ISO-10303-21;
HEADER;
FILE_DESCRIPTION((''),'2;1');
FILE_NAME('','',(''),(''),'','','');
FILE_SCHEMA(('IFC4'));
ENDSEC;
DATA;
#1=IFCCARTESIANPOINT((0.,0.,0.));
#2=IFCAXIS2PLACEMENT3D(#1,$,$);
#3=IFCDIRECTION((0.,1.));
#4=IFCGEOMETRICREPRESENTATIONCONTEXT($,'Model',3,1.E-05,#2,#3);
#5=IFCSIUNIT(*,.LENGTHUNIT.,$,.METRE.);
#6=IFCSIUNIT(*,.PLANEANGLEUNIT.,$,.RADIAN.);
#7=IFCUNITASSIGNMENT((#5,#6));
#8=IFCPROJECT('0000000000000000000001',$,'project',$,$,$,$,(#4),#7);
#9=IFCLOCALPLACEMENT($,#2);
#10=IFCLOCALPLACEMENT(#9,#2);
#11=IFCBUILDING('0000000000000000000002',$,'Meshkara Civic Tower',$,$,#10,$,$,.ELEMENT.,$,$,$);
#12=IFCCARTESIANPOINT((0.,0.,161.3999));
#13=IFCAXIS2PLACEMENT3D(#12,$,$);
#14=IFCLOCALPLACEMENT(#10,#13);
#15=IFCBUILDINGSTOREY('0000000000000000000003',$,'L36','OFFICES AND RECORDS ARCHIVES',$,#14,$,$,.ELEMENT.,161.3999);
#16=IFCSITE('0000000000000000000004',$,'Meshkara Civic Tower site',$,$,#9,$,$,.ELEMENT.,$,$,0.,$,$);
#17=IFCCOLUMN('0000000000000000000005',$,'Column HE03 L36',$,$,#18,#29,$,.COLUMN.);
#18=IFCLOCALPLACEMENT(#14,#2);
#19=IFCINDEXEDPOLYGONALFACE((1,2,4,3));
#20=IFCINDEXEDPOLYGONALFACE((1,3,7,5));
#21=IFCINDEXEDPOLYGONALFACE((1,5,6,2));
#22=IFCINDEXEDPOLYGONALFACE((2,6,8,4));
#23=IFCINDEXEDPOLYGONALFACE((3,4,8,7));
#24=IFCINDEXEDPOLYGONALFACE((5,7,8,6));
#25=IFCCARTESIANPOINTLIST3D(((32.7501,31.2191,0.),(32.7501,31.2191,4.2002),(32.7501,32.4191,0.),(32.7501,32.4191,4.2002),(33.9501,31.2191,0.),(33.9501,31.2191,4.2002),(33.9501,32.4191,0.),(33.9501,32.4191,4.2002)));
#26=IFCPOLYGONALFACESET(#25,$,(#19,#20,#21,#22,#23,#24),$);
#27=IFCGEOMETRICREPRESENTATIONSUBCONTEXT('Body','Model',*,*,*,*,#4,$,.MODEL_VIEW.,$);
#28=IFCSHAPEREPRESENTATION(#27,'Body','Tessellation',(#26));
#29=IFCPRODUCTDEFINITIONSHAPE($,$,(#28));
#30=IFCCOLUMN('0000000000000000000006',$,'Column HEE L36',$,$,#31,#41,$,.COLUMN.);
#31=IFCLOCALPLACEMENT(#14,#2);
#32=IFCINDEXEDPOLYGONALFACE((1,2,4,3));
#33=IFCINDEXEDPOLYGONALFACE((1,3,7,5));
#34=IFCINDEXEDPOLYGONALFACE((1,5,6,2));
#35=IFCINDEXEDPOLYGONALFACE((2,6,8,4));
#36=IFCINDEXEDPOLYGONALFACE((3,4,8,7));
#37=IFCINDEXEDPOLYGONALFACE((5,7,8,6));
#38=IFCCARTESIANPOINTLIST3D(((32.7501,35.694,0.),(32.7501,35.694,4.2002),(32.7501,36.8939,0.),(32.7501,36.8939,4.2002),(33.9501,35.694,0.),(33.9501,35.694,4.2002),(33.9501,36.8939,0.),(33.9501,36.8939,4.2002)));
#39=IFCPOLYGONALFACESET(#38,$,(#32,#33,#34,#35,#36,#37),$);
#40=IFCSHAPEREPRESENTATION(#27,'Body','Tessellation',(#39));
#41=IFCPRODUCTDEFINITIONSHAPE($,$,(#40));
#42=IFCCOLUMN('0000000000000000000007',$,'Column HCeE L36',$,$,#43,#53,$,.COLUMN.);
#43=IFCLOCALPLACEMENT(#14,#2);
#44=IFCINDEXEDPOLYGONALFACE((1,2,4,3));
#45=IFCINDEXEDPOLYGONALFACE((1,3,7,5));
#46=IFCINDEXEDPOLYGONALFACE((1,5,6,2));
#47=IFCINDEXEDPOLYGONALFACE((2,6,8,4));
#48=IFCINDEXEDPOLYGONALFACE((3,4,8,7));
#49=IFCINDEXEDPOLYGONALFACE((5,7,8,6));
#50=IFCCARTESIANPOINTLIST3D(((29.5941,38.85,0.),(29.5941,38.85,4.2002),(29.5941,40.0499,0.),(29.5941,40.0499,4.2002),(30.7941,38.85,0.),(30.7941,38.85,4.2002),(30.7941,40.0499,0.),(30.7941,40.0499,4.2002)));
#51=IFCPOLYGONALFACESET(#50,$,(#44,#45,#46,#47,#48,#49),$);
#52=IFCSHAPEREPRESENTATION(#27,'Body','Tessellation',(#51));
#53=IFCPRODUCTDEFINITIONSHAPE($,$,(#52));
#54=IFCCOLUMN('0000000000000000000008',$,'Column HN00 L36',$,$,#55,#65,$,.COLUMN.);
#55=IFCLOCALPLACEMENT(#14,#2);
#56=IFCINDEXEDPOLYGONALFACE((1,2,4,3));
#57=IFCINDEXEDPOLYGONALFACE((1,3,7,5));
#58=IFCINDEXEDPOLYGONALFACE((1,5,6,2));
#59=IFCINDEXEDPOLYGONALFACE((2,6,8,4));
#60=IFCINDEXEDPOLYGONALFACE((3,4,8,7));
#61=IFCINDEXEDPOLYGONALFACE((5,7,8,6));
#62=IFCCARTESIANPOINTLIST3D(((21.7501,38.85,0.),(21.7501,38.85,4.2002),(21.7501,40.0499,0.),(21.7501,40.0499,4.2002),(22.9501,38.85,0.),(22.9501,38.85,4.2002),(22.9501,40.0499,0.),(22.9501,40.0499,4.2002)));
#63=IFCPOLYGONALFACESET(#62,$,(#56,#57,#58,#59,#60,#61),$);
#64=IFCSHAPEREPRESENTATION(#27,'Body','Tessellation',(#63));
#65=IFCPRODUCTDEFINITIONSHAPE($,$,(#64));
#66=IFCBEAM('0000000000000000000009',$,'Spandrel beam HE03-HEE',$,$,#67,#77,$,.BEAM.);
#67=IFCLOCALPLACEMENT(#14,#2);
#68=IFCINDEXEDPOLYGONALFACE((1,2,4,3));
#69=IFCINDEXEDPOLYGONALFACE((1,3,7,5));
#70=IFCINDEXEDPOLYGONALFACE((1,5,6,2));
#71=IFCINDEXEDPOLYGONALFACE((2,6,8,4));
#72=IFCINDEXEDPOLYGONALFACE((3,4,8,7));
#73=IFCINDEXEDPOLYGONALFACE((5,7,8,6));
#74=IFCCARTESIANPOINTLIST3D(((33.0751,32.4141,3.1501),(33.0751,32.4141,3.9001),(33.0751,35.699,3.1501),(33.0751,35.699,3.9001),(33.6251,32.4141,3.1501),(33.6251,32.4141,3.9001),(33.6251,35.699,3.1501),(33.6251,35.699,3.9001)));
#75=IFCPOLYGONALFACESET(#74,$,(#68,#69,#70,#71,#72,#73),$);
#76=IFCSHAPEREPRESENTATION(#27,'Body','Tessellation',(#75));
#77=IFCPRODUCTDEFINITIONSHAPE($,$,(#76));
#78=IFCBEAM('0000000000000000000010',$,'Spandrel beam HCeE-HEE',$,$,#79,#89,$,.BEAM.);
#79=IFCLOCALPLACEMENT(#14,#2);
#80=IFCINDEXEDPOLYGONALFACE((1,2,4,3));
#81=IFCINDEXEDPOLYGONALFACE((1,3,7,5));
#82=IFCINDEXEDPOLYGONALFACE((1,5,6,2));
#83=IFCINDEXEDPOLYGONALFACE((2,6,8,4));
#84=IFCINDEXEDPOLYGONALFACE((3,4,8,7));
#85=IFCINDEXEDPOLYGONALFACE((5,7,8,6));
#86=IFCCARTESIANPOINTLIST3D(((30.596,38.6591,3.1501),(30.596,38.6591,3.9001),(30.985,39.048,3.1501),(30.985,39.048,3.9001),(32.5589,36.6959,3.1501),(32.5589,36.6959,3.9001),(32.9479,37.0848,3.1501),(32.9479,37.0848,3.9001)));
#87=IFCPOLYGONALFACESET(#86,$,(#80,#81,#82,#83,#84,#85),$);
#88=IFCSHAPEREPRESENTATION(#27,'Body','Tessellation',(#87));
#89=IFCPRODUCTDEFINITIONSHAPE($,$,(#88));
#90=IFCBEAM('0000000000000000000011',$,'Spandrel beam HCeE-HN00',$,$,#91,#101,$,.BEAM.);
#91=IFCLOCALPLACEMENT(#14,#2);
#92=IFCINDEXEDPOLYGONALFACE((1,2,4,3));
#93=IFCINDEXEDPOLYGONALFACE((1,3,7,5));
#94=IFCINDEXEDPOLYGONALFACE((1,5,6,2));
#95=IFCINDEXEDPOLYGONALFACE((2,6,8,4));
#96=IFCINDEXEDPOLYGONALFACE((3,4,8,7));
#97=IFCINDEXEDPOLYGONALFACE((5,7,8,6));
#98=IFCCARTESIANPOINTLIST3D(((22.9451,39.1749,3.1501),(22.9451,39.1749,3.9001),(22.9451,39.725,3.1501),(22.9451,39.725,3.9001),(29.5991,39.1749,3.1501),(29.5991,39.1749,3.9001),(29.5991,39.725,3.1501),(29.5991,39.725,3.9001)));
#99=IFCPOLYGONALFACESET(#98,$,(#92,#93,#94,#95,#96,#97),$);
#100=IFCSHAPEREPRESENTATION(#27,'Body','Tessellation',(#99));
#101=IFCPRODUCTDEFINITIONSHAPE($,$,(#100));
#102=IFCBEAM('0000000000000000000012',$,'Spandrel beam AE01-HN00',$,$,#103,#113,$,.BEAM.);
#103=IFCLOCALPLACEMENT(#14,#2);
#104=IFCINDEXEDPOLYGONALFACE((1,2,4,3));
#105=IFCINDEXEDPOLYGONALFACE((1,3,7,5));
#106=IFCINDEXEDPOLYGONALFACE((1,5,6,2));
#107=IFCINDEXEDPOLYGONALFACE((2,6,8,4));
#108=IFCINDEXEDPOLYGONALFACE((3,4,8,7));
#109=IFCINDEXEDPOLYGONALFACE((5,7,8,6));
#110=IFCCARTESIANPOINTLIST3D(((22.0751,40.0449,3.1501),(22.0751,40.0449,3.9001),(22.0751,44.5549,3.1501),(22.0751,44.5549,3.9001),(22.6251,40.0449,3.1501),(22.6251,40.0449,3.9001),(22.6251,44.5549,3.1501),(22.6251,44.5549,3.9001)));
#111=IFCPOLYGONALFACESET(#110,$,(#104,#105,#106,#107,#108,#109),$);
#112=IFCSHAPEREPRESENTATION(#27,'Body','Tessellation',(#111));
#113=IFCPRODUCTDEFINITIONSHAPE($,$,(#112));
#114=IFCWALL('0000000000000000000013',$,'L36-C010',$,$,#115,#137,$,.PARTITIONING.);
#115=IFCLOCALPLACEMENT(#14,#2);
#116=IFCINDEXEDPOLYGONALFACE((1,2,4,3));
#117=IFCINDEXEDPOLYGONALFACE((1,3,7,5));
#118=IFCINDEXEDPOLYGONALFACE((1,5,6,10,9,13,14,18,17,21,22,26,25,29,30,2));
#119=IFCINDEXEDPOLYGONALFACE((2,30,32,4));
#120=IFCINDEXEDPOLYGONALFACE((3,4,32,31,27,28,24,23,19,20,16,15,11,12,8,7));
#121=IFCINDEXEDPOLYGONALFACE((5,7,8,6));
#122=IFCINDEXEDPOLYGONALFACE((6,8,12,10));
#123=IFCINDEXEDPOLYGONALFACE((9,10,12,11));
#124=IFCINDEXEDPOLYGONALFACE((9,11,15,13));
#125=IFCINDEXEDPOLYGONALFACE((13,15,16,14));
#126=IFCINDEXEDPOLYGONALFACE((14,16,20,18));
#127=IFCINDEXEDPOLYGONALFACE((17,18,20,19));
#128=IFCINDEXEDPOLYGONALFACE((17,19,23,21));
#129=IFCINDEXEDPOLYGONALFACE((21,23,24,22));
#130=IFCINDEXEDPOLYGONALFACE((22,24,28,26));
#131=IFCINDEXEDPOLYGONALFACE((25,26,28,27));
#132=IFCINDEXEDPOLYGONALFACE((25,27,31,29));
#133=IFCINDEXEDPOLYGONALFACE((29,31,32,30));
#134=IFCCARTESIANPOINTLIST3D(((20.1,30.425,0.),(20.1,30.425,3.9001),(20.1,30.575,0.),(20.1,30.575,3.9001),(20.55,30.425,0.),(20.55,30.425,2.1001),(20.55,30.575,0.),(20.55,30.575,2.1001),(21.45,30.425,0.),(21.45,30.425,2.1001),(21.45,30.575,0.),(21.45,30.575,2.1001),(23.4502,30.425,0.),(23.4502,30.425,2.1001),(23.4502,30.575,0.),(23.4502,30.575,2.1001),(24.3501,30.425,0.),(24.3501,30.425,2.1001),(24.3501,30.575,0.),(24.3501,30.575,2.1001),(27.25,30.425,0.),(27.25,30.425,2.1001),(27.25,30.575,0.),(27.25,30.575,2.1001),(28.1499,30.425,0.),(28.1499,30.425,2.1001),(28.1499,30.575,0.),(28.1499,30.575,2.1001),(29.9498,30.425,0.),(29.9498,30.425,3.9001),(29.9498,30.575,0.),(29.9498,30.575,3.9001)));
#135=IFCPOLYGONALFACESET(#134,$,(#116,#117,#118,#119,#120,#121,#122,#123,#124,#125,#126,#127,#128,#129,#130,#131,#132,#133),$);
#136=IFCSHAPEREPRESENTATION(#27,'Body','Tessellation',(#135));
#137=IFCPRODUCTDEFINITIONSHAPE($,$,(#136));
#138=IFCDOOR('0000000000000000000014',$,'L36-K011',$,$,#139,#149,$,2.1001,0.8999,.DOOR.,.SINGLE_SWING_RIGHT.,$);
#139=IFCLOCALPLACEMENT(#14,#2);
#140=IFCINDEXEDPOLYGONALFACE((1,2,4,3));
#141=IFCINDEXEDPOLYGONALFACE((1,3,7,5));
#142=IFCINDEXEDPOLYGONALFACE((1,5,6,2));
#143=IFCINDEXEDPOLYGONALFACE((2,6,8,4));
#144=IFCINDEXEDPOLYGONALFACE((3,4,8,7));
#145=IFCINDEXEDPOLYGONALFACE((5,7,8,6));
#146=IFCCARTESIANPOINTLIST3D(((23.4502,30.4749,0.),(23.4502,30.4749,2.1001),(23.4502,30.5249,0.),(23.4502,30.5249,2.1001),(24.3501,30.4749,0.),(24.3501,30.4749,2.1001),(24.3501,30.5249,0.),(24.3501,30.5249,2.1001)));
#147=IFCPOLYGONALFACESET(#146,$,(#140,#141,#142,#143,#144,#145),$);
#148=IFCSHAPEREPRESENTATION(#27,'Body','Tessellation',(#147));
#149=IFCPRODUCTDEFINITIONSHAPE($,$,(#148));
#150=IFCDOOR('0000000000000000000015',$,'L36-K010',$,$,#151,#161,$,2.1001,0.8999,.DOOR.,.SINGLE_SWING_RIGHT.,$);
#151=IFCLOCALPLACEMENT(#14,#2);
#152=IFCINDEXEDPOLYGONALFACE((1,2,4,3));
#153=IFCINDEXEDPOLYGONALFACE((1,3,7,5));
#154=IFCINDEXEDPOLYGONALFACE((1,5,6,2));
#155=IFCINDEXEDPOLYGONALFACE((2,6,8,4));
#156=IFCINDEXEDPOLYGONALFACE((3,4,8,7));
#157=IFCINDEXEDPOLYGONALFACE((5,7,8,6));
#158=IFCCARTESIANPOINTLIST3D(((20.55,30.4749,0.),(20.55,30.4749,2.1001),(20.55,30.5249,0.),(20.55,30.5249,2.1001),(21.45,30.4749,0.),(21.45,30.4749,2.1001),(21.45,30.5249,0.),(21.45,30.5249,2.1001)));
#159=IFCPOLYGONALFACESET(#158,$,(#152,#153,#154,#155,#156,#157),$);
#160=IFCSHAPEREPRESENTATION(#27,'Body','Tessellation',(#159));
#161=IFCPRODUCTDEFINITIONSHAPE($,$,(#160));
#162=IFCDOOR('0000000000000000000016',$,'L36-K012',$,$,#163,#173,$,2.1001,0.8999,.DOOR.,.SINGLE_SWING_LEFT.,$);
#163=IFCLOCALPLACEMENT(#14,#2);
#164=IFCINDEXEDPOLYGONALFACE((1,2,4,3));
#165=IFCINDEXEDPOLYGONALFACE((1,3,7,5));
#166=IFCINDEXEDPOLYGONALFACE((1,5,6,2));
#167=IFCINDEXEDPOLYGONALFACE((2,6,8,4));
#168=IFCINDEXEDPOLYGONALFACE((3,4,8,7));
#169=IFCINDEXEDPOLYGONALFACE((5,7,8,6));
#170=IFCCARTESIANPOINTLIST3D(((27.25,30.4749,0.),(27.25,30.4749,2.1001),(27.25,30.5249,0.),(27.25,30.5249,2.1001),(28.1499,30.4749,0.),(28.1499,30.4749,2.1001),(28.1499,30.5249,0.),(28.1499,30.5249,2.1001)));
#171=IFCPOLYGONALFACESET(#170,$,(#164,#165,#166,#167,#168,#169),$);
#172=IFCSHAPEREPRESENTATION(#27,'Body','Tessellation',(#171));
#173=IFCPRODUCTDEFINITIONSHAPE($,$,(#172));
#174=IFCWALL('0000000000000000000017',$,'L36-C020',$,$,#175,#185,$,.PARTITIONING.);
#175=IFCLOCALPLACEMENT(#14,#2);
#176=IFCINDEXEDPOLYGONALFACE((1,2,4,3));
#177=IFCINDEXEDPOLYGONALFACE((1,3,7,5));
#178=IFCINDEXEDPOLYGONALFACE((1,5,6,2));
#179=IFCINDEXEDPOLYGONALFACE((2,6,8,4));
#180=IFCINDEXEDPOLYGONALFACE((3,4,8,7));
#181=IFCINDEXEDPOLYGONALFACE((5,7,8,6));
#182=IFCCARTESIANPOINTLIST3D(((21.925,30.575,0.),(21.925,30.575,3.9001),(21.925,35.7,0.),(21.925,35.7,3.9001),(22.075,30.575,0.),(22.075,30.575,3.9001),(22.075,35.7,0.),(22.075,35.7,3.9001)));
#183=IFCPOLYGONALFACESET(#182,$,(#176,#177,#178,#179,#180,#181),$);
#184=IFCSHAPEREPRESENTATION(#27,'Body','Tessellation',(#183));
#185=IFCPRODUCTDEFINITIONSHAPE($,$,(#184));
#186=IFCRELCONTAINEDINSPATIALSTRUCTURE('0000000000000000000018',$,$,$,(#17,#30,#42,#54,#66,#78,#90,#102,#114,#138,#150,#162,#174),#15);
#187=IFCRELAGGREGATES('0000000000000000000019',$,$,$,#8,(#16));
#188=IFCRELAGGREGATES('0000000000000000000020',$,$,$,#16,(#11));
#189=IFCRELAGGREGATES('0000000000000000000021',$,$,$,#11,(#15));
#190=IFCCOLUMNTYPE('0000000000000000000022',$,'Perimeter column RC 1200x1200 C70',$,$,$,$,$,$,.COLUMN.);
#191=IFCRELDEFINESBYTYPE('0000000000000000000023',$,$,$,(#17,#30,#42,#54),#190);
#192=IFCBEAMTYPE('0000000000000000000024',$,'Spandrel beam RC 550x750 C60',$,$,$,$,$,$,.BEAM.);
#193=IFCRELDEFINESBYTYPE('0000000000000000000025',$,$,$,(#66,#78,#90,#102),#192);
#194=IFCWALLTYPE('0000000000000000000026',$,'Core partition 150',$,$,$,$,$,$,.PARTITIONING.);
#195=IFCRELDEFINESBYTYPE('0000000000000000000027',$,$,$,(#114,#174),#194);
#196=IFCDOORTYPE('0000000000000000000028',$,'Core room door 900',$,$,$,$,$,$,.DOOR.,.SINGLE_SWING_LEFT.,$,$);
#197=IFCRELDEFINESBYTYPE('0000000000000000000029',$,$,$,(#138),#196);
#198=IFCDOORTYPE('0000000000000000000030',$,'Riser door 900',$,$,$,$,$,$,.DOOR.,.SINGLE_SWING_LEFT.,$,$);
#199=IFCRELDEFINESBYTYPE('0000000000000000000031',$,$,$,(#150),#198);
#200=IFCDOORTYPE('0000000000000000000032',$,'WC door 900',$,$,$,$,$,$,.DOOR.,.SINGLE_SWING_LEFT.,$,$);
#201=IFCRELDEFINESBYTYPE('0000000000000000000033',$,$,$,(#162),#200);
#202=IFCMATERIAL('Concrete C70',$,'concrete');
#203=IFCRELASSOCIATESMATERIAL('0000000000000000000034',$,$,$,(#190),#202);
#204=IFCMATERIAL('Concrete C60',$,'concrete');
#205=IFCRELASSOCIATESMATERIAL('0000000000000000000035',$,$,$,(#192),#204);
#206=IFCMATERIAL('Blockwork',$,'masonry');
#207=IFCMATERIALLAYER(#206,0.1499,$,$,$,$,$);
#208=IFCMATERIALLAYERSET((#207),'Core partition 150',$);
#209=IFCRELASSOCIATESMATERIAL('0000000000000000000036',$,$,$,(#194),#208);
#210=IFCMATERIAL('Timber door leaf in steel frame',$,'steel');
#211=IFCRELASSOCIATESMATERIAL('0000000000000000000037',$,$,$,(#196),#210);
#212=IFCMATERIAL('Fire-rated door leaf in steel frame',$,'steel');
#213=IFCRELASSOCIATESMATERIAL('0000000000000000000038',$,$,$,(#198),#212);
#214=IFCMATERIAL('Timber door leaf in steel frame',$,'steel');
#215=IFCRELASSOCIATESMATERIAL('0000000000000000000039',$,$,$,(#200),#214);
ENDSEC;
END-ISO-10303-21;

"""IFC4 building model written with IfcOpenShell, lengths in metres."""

from ifc_helpers import new_model, si_unit, direction, frame, frame_2d, origin, origin_2d, place, context, subcontext, project, spatial, rectangle, extrude, material, layer, layer_set, material_profile, profile_set, type_object, element, fill, save


model = new_model("IFC4")

# Units and contexts
model_context = context("Model", 3, precision=1e-05, world=origin(), true_north=direction((0.0, 1.0)))
body_context = subcontext(model_context, "Body", "Model", "MODEL_VIEW")
ifc_project = project(units=[si_unit("LENGTHUNIT", "METRE"), si_unit("PLANEANGLEUNIT", "RADIAN")], contexts=[model_context])

# Site, building, storey
site_placement = place(None, origin())
site = spatial("IfcSite", under=ifc_project, at=site_placement, Name="Meshkara Civic Tower site", CompositionType="ELEMENT", RefElevation=0.0)
building_placement = place(site_placement, origin())
building = spatial("IfcBuilding", under=site, at=building_placement, Name="Meshkara Civic Tower", CompositionType="ELEMENT")
storey_placement = place(building_placement, frame((0.0, 0.0, 161.3999)))
storey = spatial("IfcBuildingStorey", under=building, at=storey_placement, Name="L36", Description="OFFICES AND RECORDS ARCHIVES", CompositionType="ELEMENT", Elevation=161.3999)

# Columns
ifc_material_1 = material(Name="Concrete C70", Category="concrete")
ifc_material_profile_1 = material_profile(ifc_material_1, rectangle(XDim=1.2, YDim=1.2, at=origin_2d()))
ifc_profile_set_1 = profile_set([ifc_material_profile_1], Name="Concrete C70")
column_type = type_object("IfcColumnType", Name="Perimeter column RC 1200x1200 C70", PredefinedType="COLUMN", material=ifc_profile_set_1)
for number, where, z_axis, x_axis, name in (
    (1, (33.3501, 31.8191, 0.0), (0.0, 0.0, 1.0), (1.0, 0.0, 0.0), "Column HE03 L36"),
    (2, (33.3501, 36.2939, 0.0), (0.0, 0.0, 1.0), (1.0, 0.0, 0.0), "Column HEE L36"),
    (3, (30.1941, 39.45, 0.0), (0.0, 0.0, 1.0), (1.0, 0.0, 0.0), "Column HCeE L36"),
    (4, (22.3501, 39.45, 0.0), (0.0, 0.0, 1.0), (1.0, 0.0, 0.0), "Column HN00 L36"),
):
    element("IfcColumn", number, at=place(storey_placement, frame(where, z_axis=z_axis, x_axis=x_axis)), inside=storey, type_object=column_type, Name=name, PredefinedType="COLUMN", context=body_context, shape_type="SweptSolid", body=[
        extrude(rectangle(XDim=1.2, YDim=1.2, at=origin_2d()), origin(), (0.0, 0.0, 1.0), 4.2002),
    ])

# Beams
ifc_material_2 = material(Name="Concrete C60", Category="concrete")
ifc_material_profile_2 = material_profile(ifc_material_2, rectangle(XDim=0.55, YDim=0.75, at=origin_2d()))
ifc_profile_set_2 = profile_set([ifc_material_profile_2], Name="Concrete C60")
beam_type = type_object("IfcBeamType", Name="Spandrel beam RC 550x750 C60", PredefinedType="BEAM", material=ifc_profile_set_2)
beam_1_placement = place(storey_placement, frame((33.3501, 32.4141, 3.5251), z_axis=(0.0, 1.0, 0.0), x_axis=(-1.0, 0.0, 0.0)))
element("IfcBeam", 5, at=beam_1_placement, inside=storey, type_object=beam_type, Name="Spandrel beam HE03-HEE", PredefinedType="BEAM", context=body_context, shape_type="SweptSolid", body=[
    extrude(rectangle(XDim=0.55, YDim=0.75, at=origin_2d()), origin(), (0.0, 0.0, 1.0), 3.2849),
])
beam_2_placement = place(storey_placement, frame((32.7534, 36.8904, 3.5251), z_axis=(-0.707063, 0.707151, 0.0), x_axis=(-0.707151, -0.707063, 0.0)))
element("IfcBeam", 6, at=beam_2_placement, inside=storey, type_object=beam_type, Name="Spandrel beam HCeE-HEE", PredefinedType="BEAM", context=body_context, shape_type="SweptSolid", body=[
    extrude(rectangle(XDim=0.55, YDim=0.75, at=origin_2d()), origin(), (0.0, 0.0, 1.0), 2.7761),
])
beam_3_placement = place(storey_placement, frame((29.5991, 39.45, 3.5251), z_axis=(-1.0, 0.0, 0.0), x_axis=(0.0, -1.0, 0.0)))
element("IfcBeam", 7, at=beam_3_placement, inside=storey, type_object=beam_type, Name="Spandrel beam HCeE-HN00", PredefinedType="BEAM", context=body_context, shape_type="SweptSolid", body=[
    extrude(rectangle(XDim=0.55, YDim=0.75, at=origin_2d()), origin(), (0.0, 0.0, 1.0), 6.6541),
])
beam_4_placement = place(storey_placement, frame((22.3501, 40.0449, 3.5251), z_axis=(0.0, 1.0, 0.0), x_axis=(-1.0, 0.0, 0.0)))
element("IfcBeam", 8, at=beam_4_placement, inside=storey, type_object=beam_type, Name="Spandrel beam AE01-HN00", PredefinedType="BEAM", context=body_context, shape_type="SweptSolid", body=[
    extrude(rectangle(XDim=0.55, YDim=0.75, at=origin_2d()), origin(), (0.0, 0.0, 1.0), 4.51),
])

# Wall, openings, doors
ifc_material_3 = material(Name="Blockwork", Category="masonry")
ifc_layer_1 = layer(ifc_material_3, 0.1499)
ifc_layer_set_1 = layer_set([ifc_layer_1], Name="Core partition 150")
wall_type_1 = type_object("IfcWallType", Name="Core partition 150", PredefinedType="PARTITIONING", material=ifc_layer_set_1)
wall_1_placement = place(storey_placement, frame((20.1001, 30.5, 0.0), z_axis=(0.0, 0.0, 1.0), x_axis=(1.0, 0.0, 0.0)))
wall_1 = element("IfcWall", 9, at=wall_1_placement, inside=storey, type_object=wall_type_1, Name="L36-C010", PredefinedType="PARTITIONING", context=body_context, shape_type="SweptSolid", body=[
    extrude(rectangle(XDim=9.8499, YDim=0.1499, at=frame_2d((4.9248, 0.0))), origin(), (0.0, 0.0, 1.0), 3.9001),
])
opening_1_placement = place(wall_1_placement, frame((0.45, 0.0, 0.0)))
opening_1 = element("IfcOpeningElement", 10, at=opening_1_placement, cuts=wall_1, PredefinedType="OPENING", context=body_context, shape_type="SweptSolid", body=[
    extrude(rectangle(XDim=0.8999, YDim=2.1001, at=frame_2d((0.45, 1.05))), frame((0.0, 0.085, 0.0), z_axis=(0.0, -1.0, 0.0), x_axis=(1.0, 0.0, 0.0)), (0.0, 0.0, 1.0), 0.1699),
])
opening_2_placement = place(wall_1_placement, frame((3.3501, 0.0, 0.0)))
opening_2 = element("IfcOpeningElement", 11, at=opening_2_placement, cuts=wall_1, PredefinedType="OPENING", context=body_context, shape_type="SweptSolid", body=[
    extrude(rectangle(XDim=0.8999, YDim=2.1001, at=frame_2d((0.45, 1.05))), frame((0.0, 0.085, 0.0), z_axis=(0.0, -1.0, 0.0), x_axis=(1.0, 0.0, 0.0)), (0.0, 0.0, 1.0), 0.1699),
])
opening_3_placement = place(wall_1_placement, frame((7.1499, 0.0, 0.0)))
opening_3 = element("IfcOpeningElement", 12, at=opening_3_placement, cuts=wall_1, PredefinedType="OPENING", context=body_context, shape_type="SweptSolid", body=[
    extrude(rectangle(XDim=0.8999, YDim=2.1001, at=frame_2d((0.45, 1.05))), frame((0.0, 0.085, 0.0), z_axis=(0.0, -1.0, 0.0), x_axis=(1.0, 0.0, 0.0)), (0.0, 0.0, 1.0), 0.1699),
])
ifc_material_4 = material(Name="Timber door leaf in steel frame", Category="steel")
door_type_1 = type_object("IfcDoorType", Name="Core room door 900", OperationType="SINGLE_SWING_LEFT", PredefinedType="DOOR", material=ifc_material_4)
door_1_placement = place(opening_2_placement, origin())
door_1 = element("IfcDoor", 13, at=door_1_placement, inside=storey, type_object=door_type_1, Name="L36-K011", OperationType="SINGLE_SWING_RIGHT", OverallHeight=2.1001, OverallWidth=0.8999, PredefinedType="DOOR", context=body_context, shape_type="SweptSolid", body=[
    extrude(rectangle(XDim=0.8999, YDim=2.1001, at=frame_2d((0.45, 1.05))), frame((0.0, 0.0249, 0.0), z_axis=(0.0, -1.0, 0.0), x_axis=(1.0, 0.0, 0.0)), (0.0, 0.0, 1.0), 0.05),
])
fill(opening_2, door_1)
ifc_material_5 = material(Name="Fire-rated door leaf in steel frame", Category="steel")
door_type_2 = type_object("IfcDoorType", Name="Riser door 900", OperationType="SINGLE_SWING_LEFT", PredefinedType="DOOR", material=ifc_material_5)
door_2_placement = place(opening_1_placement, origin())
door_2 = element("IfcDoor", 14, at=door_2_placement, inside=storey, type_object=door_type_2, Name="L36-K010", OperationType="SINGLE_SWING_RIGHT", OverallHeight=2.1001, OverallWidth=0.8999, PredefinedType="DOOR", context=body_context, shape_type="SweptSolid", body=[
    extrude(rectangle(XDim=0.8999, YDim=2.1001, at=frame_2d((0.45, 1.05))), frame((0.0, 0.0249, 0.0), z_axis=(0.0, -1.0, 0.0), x_axis=(1.0, 0.0, 0.0)), (0.0, 0.0, 1.0), 0.05),
])
fill(opening_1, door_2)
ifc_material_6 = material(Name="Timber door leaf in steel frame", Category="steel")
door_type_3 = type_object("IfcDoorType", Name="WC door 900", OperationType="SINGLE_SWING_LEFT", PredefinedType="DOOR", material=ifc_material_6)
door_3_placement = place(opening_3_placement, origin())
door_3 = element("IfcDoor", 15, at=door_3_placement, inside=storey, type_object=door_type_3, Name="L36-K012", OperationType="SINGLE_SWING_LEFT", OverallHeight=2.1001, OverallWidth=0.8999, PredefinedType="DOOR", context=body_context, shape_type="SweptSolid", body=[
    extrude(rectangle(XDim=0.8999, YDim=2.1001, at=frame_2d((0.45, 1.05))), frame((0.0, 0.0249, 0.0), z_axis=(0.0, -1.0, 0.0), x_axis=(1.0, 0.0, 0.0)), (0.0, 0.0, 1.0), 0.05),
])
fill(opening_3, door_3)

# Wall
for number, where, z_axis, x_axis, name in (
    (16, (22.0, 30.575, 0.0), (0.0, 0.0, 1.0), (0.0, 1.0, 0.0), "L36-C020"),
):
    element("IfcWall", number, at=place(storey_placement, frame(where, z_axis=z_axis, x_axis=x_axis)), inside=storey, type_object=wall_type_1, Name=name, PredefinedType="PARTITIONING", context=body_context, shape_type="SweptSolid", body=[
        extrude(rectangle(XDim=5.125, YDim=0.1499, at=frame_2d((2.5625, 0.0))), origin(), (0.0, 0.0, 1.0), 3.9001),
    ])

save(model, "model.ifc")
